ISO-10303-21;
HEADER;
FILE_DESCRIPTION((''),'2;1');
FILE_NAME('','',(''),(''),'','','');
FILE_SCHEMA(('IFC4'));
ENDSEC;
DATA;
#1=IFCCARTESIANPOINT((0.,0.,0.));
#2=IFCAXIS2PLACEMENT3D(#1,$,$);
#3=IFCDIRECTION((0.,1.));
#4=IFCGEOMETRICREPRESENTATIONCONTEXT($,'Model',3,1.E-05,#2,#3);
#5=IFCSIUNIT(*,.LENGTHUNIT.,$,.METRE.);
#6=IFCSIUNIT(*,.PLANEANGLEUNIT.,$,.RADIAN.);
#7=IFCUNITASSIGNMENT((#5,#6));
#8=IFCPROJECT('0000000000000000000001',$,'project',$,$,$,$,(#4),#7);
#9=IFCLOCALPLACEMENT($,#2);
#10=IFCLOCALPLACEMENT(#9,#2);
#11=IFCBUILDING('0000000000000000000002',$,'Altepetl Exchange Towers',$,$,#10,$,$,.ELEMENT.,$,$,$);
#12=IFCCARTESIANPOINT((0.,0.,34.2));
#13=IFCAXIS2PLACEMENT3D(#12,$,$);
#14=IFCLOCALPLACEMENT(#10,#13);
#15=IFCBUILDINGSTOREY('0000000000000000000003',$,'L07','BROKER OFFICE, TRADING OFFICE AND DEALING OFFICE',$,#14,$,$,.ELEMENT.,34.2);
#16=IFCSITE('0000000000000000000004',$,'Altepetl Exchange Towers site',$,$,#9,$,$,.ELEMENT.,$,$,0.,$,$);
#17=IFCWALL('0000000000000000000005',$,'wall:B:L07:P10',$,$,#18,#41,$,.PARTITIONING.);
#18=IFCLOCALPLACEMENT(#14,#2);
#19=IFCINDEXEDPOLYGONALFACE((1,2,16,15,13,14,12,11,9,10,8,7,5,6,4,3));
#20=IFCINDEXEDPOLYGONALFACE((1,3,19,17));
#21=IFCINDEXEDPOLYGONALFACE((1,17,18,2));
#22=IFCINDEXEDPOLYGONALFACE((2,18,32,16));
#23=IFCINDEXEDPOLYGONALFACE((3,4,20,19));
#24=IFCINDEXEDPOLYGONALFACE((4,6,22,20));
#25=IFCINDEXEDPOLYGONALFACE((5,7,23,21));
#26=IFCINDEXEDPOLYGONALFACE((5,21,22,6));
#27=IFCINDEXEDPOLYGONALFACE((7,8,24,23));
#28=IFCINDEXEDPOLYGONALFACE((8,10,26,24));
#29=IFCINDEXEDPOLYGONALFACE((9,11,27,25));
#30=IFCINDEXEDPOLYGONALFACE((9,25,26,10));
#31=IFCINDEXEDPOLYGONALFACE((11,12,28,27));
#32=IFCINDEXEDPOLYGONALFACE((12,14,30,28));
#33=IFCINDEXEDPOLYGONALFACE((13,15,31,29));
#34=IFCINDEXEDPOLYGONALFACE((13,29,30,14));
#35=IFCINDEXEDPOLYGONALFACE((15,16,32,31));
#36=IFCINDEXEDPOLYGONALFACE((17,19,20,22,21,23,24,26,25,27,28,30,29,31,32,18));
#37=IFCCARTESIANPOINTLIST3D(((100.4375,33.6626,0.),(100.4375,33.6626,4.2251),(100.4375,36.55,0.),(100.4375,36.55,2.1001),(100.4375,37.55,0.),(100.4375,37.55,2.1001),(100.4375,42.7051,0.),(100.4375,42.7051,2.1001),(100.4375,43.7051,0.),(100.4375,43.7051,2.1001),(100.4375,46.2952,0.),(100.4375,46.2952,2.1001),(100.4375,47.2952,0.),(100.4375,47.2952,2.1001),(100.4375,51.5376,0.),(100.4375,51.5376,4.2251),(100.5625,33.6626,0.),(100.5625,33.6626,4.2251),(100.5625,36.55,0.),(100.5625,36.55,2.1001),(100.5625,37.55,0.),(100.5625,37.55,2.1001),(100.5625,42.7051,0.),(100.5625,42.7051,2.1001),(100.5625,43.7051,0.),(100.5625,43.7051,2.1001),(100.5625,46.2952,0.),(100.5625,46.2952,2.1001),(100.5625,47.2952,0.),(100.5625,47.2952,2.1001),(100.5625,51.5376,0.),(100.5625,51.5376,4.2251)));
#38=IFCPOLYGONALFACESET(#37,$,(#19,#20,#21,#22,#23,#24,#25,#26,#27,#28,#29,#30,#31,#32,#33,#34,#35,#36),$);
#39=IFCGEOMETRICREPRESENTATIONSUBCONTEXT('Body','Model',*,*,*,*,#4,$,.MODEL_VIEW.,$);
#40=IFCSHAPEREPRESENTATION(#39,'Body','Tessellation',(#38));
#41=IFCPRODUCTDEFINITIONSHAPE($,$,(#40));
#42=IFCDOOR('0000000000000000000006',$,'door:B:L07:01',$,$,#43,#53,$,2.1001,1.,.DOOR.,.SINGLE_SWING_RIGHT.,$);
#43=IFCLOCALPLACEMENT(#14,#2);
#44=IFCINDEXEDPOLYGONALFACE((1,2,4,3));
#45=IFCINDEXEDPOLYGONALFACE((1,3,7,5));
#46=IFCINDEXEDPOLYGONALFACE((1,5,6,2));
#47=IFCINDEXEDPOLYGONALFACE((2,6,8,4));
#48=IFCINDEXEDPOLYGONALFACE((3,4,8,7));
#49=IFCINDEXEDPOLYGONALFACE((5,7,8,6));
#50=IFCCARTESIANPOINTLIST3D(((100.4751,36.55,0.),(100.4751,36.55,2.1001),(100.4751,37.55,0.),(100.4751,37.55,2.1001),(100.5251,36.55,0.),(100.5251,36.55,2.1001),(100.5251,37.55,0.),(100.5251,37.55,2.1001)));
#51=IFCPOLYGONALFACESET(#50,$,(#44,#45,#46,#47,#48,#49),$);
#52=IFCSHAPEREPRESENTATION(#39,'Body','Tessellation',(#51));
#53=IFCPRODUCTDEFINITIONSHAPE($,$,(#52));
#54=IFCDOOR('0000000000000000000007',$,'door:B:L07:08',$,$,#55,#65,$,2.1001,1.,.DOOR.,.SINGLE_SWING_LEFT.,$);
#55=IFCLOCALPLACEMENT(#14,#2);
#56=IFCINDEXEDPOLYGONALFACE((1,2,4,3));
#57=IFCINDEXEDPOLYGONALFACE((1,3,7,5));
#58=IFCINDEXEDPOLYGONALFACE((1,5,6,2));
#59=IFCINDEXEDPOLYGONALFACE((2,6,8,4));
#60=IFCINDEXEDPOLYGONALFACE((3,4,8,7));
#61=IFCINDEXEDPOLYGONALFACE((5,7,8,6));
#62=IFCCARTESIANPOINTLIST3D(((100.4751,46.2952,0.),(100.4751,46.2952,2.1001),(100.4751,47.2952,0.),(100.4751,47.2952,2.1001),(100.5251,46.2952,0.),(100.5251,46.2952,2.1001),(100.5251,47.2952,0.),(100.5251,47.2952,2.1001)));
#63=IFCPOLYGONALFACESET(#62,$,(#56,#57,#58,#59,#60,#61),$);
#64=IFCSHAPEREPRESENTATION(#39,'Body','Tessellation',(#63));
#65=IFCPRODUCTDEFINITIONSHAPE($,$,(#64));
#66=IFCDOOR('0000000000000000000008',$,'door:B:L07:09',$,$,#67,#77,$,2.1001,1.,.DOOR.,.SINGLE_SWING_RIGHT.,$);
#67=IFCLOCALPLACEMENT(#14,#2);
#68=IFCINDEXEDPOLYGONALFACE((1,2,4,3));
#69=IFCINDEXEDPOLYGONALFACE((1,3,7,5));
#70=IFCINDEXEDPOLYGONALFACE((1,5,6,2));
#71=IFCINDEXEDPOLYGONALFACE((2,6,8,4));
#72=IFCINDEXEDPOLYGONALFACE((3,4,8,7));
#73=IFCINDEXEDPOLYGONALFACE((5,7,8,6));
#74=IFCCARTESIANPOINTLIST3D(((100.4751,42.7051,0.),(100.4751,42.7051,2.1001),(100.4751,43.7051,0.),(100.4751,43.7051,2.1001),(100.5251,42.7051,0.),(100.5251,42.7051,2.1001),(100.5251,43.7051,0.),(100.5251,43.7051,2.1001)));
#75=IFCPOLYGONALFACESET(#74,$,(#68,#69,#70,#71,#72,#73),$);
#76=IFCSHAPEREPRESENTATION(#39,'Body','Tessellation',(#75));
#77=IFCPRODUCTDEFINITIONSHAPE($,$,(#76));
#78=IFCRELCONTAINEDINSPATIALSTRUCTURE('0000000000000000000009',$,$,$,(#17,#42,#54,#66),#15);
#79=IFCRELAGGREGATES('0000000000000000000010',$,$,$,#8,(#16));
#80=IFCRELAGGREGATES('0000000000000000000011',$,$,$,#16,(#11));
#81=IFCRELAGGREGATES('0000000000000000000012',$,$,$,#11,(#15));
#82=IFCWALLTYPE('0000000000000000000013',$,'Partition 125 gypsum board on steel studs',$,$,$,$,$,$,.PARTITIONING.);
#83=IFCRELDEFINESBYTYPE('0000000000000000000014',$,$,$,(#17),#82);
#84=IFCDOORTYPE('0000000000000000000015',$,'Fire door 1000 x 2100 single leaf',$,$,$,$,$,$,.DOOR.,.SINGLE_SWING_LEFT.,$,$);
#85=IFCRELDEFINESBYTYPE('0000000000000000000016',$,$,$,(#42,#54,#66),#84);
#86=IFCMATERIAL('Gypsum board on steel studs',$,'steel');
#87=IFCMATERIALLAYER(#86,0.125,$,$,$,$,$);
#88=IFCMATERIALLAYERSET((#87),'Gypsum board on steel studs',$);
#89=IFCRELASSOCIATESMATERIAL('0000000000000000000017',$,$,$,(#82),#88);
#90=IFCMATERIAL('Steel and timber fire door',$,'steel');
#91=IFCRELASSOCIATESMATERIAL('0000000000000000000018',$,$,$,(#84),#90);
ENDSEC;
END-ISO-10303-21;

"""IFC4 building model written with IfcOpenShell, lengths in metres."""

from ifc_helpers import new_model, si_unit, direction, frame, frame_2d, origin, place, context, subcontext, project, spatial, rectangle, extrude, material, layer, layer_set, type_object, element, fill, save


model = new_model("IFC4")

# Units and contexts
model_context = context("Model", 3, precision=1e-05, world=origin(), true_north=direction((0.0, 1.0)))
body_context = subcontext(model_context, "Body", "Model", "MODEL_VIEW")
ifc_project = project(units=[si_unit("LENGTHUNIT", "METRE"), si_unit("PLANEANGLEUNIT", "RADIAN")], contexts=[model_context])

# Site, building, storey
site_placement = place(None, origin())
site = spatial("IfcSite", under=ifc_project, at=site_placement, Name="Altepetl Exchange Towers site", CompositionType="ELEMENT", RefElevation=0.0)
building_placement = place(site_placement, origin())
building = spatial("IfcBuilding", under=site, at=building_placement, Name="Altepetl Exchange Towers", CompositionType="ELEMENT")
storey_placement = place(building_placement, frame((0.0, 0.0, 34.2)))
storey = spatial("IfcBuildingStorey", under=building, at=storey_placement, Name="L07", Description="BROKER OFFICE, TRADING OFFICE AND DEALING OFFICE", CompositionType="ELEMENT", Elevation=34.2)

# Shared definitions
ifc_material_1 = material(Name="Steel and timber fire door", Category="steel")
ifc_material_2 = material(Name="Gypsum board on steel studs", Category="steel")
ifc_layer_1 = layer(ifc_material_2, 0.125)
ifc_layer_set_1 = layer_set([ifc_layer_1], Name="Gypsum board on steel studs")
wall_type_1 = type_object("IfcWallType", Name="Partition 125 gypsum board on steel studs", PredefinedType="PARTITIONING", material=ifc_layer_set_1)
door_type_1 = type_object("IfcDoorType", Name="Fire door 1000 x 2100 single leaf", OperationType="SINGLE_SWING_LEFT", PredefinedType="DOOR", material=ifc_material_1)

# Wall, openings, doors
wall_1_placement = place(storey_placement, frame((100.5, 33.6626, 0.0), z_axis=(0.0, 0.0, 1.0), x_axis=(0.0, 1.0, 0.0)))
wall_1 = element("IfcWall", 1, at=wall_1_placement, inside=storey, type_object=wall_type_1, Name="wall:B:L07:P10", PredefinedType="PARTITIONING", context=body_context, shape_type="SweptSolid", body=[
    extrude(rectangle(XDim=17.875, YDim=0.125, at=frame_2d((8.9375, 0.0))), origin(), (0.0, 0.0, 1.0), 4.2251),
])
opening_1_placement = place(wall_1_placement, frame((2.8875, 0.0, 0.0)))
opening_1 = element("IfcOpeningElement", 2, at=opening_1_placement, cuts=wall_1, PredefinedType="OPENING", context=body_context, shape_type="SweptSolid", body=[
    extrude(rectangle(XDim=1.0, YDim=2.1001, at=frame_2d((0.5, 1.05))), frame((0.0, 0.0725, 0.0), z_axis=(0.0, -1.0, 0.0), x_axis=(1.0, 0.0, 0.0)), (0.0, 0.0, 1.0), 0.145),
])
opening_2_placement = place(wall_1_placement, frame((12.6326, 0.0, 0.0)))
opening_2 = element("IfcOpeningElement", 3, at=opening_2_placement, cuts=wall_1, PredefinedType="OPENING", context=body_context, shape_type="SweptSolid", body=[
    extrude(rectangle(XDim=1.0, YDim=2.1001, at=frame_2d((0.5, 1.05))), frame((0.0, 0.0725, 0.0), z_axis=(0.0, -1.0, 0.0), x_axis=(1.0, 0.0, 0.0)), (0.0, 0.0, 1.0), 0.145),
])
opening_3_placement = place(wall_1_placement, frame((9.0425, 0.0, 0.0)))
opening_3 = element("IfcOpeningElement", 4, at=opening_3_placement, cuts=wall_1, PredefinedType="OPENING", context=body_context, shape_type="SweptSolid", body=[
    extrude(rectangle(XDim=1.0, YDim=2.1001, at=frame_2d((0.5, 1.05))), frame((0.0, 0.0725, 0.0), z_axis=(0.0, -1.0, 0.0), x_axis=(1.0, 0.0, 0.0)), (0.0, 0.0, 1.0), 0.145),
])
door_1_placement = place(opening_1_placement, origin())
door_1 = element("IfcDoor", 5, at=door_1_placement, inside=storey, type_object=door_type_1, Name="door:B:L07:01", OperationType="SINGLE_SWING_RIGHT", OverallHeight=2.1001, OverallWidth=1.0, PredefinedType="DOOR", context=body_context, shape_type="SweptSolid", body=[
    extrude(rectangle(XDim=1.0, YDim=2.1001, at=frame_2d((0.5, 1.05))), frame((0.0, 0.0249, 0.0), z_axis=(0.0, -1.0, 0.0), x_axis=(1.0, 0.0, 0.0)), (0.0, 0.0, 1.0), 0.05),
])
fill(opening_1, door_1)
door_2_placement = place(opening_2_placement, origin())
door_2 = element("IfcDoor", 6, at=door_2_placement, inside=storey, type_object=door_type_1, Name="door:B:L07:08", OperationType="SINGLE_SWING_LEFT", OverallHeight=2.1001, OverallWidth=1.0, PredefinedType="DOOR", context=body_context, shape_type="SweptSolid", body=[
    extrude(rectangle(XDim=1.0, YDim=2.1001, at=frame_2d((0.5, 1.05))), frame((0.0, 0.0249, 0.0), z_axis=(0.0, -1.0, 0.0), x_axis=(1.0, 0.0, 0.0)), (0.0, 0.0, 1.0), 0.05),
])
fill(opening_2, door_2)
door_3_placement = place(opening_3_placement, origin())
door_3 = element("IfcDoor", 7, at=door_3_placement, inside=storey, type_object=door_type_1, Name="door:B:L07:09", OperationType="SINGLE_SWING_RIGHT", OverallHeight=2.1001, OverallWidth=1.0, PredefinedType="DOOR", context=body_context, shape_type="SweptSolid", body=[
    extrude(rectangle(XDim=1.0, YDim=2.1001, at=frame_2d((0.5, 1.05))), frame((0.0, 0.0249, 0.0), z_axis=(0.0, -1.0, 0.0), x_axis=(1.0, 0.0, 0.0)), (0.0, 0.0, 1.0), 0.05),
])
fill(opening_3, door_3)

save(model, "model.ifc")
